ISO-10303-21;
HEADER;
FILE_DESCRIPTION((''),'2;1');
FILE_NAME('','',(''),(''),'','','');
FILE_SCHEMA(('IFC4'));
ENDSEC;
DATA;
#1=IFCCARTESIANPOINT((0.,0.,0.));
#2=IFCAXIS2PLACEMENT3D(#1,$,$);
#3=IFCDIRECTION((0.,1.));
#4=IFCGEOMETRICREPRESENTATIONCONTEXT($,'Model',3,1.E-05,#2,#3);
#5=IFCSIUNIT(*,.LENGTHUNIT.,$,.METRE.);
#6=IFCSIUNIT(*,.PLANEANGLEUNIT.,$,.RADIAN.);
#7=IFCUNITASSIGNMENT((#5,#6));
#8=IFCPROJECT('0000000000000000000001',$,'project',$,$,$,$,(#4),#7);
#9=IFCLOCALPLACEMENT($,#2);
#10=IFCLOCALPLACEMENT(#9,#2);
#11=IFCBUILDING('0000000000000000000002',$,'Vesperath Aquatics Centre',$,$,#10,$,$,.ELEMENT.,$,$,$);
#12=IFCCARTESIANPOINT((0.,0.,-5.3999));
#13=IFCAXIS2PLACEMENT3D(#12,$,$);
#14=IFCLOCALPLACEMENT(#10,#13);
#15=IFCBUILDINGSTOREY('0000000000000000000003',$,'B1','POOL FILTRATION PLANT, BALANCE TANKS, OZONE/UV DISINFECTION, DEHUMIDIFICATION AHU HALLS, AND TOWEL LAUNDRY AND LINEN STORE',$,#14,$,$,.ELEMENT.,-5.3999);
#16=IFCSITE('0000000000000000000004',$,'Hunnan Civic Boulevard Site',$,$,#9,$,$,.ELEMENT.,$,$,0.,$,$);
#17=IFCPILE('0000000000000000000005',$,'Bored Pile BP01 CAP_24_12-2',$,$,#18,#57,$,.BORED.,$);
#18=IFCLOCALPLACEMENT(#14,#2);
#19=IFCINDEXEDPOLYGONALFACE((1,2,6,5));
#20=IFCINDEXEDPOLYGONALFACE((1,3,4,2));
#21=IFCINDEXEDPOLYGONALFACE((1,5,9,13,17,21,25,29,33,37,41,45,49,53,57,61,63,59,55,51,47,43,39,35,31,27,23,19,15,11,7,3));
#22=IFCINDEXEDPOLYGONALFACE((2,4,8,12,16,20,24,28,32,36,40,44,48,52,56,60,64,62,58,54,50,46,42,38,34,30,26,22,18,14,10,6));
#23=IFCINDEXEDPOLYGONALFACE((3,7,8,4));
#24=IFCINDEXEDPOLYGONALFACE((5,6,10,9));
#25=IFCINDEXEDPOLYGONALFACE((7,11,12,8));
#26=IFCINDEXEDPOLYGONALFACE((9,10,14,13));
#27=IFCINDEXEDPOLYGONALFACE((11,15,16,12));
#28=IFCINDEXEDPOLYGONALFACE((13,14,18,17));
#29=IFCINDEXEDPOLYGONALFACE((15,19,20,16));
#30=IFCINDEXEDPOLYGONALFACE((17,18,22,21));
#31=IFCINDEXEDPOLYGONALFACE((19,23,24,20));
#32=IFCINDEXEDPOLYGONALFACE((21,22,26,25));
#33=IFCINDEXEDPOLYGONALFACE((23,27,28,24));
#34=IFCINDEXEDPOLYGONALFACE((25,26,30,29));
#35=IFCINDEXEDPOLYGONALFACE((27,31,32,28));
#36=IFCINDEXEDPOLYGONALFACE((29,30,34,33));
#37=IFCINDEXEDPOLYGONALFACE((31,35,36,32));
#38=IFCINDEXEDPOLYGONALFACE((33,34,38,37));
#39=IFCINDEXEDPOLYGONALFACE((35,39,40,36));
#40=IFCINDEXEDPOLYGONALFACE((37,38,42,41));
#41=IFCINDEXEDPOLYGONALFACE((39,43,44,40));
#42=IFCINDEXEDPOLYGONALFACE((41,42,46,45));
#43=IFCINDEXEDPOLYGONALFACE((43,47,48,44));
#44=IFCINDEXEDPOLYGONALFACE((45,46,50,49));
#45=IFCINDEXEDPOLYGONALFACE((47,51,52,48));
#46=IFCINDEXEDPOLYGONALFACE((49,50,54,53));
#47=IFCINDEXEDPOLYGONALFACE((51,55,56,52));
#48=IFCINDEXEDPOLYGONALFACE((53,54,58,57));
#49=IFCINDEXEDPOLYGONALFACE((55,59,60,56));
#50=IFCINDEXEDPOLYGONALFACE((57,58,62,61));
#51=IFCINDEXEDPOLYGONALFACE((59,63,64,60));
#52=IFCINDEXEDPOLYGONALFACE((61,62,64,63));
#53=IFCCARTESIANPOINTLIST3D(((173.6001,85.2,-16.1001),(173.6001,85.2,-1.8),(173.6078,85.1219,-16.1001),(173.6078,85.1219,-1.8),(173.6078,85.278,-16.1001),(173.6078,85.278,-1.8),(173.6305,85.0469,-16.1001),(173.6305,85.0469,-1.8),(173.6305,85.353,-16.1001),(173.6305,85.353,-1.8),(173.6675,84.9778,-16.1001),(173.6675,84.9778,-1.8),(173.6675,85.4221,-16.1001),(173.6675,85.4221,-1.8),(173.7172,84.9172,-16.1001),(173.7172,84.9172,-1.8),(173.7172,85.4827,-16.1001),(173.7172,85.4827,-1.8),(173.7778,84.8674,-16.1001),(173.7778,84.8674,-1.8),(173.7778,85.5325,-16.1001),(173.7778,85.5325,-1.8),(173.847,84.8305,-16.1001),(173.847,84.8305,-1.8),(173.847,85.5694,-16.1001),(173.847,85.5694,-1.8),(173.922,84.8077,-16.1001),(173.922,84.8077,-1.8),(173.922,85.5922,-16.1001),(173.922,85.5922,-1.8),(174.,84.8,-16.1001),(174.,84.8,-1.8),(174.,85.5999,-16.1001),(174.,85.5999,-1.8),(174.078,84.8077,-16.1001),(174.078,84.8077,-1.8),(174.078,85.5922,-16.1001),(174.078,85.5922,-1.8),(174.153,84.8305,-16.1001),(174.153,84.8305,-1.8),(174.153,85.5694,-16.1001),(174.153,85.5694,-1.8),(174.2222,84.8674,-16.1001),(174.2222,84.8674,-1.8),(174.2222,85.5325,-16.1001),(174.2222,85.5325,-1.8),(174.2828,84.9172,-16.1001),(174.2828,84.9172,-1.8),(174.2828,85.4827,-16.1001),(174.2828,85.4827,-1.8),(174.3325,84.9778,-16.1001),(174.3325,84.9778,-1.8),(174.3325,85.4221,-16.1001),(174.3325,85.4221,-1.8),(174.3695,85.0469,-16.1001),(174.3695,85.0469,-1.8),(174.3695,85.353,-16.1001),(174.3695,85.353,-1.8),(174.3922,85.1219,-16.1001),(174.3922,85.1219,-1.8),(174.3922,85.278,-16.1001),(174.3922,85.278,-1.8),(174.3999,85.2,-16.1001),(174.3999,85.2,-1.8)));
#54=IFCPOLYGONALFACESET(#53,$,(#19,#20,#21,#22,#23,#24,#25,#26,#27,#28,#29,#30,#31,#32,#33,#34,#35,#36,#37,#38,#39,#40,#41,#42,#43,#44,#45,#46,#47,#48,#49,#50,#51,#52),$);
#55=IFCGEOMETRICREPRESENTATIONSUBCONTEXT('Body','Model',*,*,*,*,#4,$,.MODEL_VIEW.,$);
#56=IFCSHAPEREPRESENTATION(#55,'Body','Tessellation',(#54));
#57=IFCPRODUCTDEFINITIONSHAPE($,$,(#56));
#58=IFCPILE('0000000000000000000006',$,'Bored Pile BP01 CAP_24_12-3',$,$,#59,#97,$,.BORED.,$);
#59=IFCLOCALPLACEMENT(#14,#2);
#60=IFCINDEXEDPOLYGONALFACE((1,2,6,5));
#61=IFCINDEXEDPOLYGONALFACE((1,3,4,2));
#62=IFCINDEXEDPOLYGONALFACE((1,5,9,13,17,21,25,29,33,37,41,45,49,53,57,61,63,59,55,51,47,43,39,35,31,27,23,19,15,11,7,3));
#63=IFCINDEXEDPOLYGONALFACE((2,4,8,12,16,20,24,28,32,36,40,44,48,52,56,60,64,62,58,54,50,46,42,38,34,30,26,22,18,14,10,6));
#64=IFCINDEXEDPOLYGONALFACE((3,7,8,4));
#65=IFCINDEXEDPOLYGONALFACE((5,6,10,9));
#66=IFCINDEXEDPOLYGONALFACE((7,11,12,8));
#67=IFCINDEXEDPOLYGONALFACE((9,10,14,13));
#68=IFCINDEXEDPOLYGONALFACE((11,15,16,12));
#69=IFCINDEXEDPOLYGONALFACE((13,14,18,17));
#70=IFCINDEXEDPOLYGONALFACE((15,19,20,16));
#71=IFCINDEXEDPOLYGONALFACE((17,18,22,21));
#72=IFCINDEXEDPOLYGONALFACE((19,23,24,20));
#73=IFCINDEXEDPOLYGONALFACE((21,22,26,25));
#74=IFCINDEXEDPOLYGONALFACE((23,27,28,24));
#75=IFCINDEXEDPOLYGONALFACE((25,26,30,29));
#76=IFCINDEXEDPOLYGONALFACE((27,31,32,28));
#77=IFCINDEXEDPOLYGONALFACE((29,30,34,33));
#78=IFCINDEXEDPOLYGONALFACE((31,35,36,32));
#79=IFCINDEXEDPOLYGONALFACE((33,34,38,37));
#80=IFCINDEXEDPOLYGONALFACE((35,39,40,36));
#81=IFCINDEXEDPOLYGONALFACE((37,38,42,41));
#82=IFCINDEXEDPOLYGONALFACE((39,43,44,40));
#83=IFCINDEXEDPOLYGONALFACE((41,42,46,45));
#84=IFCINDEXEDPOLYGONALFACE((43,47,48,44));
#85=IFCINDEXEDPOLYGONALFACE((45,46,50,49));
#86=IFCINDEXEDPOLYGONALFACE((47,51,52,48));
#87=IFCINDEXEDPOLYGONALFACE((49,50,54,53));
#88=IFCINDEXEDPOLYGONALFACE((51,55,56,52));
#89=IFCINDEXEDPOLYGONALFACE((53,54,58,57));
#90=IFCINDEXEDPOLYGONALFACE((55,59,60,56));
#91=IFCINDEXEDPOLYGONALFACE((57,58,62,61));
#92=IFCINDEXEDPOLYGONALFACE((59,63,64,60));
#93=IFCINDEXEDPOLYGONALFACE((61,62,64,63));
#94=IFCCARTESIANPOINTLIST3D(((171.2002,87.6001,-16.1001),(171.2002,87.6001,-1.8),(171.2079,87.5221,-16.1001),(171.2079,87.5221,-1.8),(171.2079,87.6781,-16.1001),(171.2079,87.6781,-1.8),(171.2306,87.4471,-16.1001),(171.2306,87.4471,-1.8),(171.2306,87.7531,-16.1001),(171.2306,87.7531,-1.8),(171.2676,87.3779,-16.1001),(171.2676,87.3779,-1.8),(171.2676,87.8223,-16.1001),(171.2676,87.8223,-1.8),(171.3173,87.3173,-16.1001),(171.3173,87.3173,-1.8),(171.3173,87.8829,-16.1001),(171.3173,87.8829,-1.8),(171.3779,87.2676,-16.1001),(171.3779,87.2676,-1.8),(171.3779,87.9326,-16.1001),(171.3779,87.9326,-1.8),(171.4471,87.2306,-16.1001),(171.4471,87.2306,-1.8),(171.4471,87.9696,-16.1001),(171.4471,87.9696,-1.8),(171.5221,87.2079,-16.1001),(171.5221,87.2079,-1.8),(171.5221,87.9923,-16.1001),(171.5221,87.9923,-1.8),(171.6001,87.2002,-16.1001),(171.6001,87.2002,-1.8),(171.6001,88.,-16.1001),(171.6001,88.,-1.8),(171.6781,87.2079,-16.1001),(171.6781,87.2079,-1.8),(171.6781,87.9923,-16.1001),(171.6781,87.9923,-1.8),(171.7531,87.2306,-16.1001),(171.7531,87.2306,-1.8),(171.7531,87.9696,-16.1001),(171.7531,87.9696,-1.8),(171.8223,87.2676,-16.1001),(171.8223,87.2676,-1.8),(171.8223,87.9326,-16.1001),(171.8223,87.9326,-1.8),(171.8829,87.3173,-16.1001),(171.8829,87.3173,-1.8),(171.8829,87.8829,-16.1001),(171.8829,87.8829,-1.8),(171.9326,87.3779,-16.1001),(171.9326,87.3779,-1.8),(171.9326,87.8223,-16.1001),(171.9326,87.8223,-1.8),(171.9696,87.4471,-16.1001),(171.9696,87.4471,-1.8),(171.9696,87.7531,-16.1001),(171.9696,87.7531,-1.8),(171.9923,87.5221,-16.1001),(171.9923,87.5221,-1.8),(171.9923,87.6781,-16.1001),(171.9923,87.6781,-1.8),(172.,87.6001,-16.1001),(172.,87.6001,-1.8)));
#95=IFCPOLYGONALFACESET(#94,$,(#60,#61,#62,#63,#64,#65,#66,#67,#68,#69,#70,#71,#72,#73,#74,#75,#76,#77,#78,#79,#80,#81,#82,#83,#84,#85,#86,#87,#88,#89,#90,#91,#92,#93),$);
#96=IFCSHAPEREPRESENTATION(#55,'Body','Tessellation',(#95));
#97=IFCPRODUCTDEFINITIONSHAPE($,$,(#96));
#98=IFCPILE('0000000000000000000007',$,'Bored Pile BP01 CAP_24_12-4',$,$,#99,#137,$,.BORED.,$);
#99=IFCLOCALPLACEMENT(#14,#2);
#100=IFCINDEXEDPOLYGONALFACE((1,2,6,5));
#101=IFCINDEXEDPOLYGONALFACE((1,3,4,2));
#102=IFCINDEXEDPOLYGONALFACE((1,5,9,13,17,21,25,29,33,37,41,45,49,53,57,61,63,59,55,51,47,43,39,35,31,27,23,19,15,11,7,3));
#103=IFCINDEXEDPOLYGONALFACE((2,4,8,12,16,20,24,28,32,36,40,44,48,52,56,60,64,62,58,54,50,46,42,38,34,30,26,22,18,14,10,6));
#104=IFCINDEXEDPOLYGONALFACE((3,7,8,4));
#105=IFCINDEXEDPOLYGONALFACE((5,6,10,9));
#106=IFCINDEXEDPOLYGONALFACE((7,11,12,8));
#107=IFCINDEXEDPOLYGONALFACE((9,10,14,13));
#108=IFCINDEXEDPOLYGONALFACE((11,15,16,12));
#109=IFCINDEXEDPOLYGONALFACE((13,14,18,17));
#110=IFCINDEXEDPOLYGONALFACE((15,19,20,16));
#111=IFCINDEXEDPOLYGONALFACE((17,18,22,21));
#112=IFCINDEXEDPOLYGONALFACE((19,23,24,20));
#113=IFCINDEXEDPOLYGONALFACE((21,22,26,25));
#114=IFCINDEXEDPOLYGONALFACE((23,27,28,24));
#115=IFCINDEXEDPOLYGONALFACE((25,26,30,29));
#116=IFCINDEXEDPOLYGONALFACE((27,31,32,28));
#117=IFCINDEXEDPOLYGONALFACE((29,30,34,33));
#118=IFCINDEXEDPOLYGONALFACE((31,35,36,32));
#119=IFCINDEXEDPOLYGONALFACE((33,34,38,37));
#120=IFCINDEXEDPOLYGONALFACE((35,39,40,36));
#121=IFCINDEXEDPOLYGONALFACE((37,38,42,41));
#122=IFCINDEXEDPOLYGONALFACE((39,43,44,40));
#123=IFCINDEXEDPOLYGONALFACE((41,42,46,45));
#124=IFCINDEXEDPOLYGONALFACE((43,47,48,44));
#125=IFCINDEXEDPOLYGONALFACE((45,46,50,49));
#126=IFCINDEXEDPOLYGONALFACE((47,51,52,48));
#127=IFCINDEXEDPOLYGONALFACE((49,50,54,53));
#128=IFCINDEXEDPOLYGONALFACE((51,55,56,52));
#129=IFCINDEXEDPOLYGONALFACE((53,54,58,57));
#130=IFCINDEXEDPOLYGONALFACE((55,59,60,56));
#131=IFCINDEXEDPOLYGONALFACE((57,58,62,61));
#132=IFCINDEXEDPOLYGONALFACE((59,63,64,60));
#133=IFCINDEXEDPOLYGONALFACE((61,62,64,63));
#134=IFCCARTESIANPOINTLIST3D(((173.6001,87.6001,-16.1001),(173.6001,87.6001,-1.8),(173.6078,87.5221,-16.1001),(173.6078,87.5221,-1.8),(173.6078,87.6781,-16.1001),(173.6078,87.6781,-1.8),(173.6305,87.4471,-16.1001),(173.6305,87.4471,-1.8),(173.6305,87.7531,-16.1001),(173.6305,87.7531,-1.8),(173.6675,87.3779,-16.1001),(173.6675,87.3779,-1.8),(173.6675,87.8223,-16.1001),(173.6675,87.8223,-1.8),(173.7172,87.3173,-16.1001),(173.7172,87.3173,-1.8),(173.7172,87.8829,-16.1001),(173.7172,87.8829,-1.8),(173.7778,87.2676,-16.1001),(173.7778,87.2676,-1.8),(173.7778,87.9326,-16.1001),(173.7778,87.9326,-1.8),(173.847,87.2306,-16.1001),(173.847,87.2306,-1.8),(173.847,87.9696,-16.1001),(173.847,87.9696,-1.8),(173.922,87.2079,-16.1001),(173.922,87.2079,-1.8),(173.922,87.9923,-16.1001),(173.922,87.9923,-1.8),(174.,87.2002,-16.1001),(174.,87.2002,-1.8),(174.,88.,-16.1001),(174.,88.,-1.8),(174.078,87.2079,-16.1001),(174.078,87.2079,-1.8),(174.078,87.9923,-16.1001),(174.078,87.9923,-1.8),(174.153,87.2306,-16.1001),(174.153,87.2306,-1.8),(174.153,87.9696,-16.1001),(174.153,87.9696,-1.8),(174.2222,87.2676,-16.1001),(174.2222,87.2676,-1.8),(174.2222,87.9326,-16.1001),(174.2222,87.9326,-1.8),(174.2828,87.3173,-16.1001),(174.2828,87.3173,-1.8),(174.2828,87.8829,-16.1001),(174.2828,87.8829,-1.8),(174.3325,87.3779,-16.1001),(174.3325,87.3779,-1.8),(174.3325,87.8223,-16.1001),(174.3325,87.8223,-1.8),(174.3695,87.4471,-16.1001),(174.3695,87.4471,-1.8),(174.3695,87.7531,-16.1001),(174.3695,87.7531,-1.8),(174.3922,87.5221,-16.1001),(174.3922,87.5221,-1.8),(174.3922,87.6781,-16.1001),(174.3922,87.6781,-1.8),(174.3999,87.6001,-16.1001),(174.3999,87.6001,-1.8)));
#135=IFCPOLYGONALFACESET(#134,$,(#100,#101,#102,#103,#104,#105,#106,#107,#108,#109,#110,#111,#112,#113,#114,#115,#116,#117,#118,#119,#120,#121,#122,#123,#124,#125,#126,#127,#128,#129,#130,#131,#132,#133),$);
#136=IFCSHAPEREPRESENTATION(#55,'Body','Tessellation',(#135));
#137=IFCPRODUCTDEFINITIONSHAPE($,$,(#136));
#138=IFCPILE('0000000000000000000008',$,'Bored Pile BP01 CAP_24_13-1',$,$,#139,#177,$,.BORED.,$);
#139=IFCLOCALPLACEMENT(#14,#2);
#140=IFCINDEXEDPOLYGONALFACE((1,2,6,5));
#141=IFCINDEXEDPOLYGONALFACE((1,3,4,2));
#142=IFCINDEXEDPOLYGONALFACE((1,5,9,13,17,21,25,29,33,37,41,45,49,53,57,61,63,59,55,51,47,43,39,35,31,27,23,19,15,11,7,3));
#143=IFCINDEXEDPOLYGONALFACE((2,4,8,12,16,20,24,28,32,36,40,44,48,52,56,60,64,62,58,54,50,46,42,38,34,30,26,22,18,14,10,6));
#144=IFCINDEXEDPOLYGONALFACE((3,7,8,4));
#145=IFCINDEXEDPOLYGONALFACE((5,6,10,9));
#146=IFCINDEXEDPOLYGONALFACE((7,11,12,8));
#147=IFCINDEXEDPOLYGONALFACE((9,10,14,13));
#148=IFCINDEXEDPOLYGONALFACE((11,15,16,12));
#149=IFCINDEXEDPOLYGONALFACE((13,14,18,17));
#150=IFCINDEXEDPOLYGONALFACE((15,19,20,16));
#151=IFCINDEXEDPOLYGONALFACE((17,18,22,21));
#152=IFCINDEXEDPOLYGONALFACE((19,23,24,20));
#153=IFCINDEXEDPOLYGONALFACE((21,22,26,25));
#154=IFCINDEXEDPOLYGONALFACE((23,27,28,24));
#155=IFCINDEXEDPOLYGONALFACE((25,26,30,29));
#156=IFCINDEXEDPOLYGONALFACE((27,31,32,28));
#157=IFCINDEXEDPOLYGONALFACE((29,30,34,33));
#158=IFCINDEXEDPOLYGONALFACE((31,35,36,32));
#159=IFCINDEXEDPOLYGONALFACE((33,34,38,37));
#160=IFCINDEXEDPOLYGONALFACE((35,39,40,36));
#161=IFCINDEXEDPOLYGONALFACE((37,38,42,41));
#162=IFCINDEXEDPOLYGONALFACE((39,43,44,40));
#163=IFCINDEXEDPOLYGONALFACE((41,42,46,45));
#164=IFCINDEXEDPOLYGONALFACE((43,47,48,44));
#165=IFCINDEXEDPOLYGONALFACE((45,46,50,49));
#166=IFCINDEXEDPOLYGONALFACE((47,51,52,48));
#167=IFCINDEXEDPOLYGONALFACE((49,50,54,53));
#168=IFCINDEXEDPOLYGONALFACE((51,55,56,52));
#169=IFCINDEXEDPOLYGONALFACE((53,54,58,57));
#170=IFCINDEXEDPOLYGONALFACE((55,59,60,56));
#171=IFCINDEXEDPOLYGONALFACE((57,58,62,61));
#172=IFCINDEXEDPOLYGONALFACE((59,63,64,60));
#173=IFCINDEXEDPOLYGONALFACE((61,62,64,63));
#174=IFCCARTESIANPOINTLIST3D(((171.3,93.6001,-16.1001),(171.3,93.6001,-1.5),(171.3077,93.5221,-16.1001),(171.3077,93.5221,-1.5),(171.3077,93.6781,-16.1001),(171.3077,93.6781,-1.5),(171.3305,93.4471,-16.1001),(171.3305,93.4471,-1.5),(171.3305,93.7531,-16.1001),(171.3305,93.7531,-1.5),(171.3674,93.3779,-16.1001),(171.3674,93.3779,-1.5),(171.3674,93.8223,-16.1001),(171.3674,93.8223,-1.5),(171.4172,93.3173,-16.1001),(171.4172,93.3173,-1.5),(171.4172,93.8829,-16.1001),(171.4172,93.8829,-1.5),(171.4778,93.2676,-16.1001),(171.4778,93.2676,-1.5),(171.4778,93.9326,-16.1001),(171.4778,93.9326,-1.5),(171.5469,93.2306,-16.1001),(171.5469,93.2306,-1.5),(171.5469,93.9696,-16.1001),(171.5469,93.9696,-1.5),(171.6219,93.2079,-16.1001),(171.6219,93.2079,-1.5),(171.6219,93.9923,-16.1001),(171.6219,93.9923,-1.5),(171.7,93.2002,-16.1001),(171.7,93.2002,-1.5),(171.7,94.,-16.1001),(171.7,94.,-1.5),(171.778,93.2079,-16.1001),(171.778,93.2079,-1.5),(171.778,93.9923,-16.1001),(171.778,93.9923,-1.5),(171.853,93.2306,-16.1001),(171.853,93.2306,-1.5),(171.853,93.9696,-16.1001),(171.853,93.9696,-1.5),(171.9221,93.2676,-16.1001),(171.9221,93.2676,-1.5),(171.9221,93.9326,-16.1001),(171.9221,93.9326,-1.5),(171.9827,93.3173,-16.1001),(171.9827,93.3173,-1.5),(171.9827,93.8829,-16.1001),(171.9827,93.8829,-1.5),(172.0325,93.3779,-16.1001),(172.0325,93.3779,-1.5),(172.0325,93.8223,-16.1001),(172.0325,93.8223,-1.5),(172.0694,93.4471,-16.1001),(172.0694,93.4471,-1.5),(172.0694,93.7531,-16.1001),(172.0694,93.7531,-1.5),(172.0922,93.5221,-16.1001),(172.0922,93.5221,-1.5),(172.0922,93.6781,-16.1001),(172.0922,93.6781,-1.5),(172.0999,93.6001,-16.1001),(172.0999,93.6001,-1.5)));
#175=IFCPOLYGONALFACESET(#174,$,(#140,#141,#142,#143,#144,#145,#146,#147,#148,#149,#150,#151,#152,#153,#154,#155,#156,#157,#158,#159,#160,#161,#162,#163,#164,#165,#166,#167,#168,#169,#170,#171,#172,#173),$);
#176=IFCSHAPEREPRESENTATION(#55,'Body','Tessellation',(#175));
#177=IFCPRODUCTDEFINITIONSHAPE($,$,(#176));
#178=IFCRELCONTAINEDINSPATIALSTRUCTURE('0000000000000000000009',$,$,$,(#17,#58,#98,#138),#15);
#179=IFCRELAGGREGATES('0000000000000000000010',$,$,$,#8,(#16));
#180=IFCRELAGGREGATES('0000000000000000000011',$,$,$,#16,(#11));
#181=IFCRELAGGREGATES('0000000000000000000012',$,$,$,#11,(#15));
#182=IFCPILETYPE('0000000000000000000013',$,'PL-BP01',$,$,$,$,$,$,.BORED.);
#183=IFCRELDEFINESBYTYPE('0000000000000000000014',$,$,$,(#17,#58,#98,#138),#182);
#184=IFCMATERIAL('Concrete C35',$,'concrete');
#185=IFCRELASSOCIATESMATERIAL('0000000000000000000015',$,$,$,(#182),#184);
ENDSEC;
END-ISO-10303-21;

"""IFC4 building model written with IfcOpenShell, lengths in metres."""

from ifc_helpers import new_model, si_unit, direction, frame, origin, origin_2d, place, context, subcontext, project, spatial, circle, extrude, material, material_profile, profile_set, type_object, element, save


model = new_model("IFC4")

# Units and contexts
model_context = context("Model", 3, precision=1e-05, world=origin(), true_north=direction((0.0, 1.0)))
body_context = subcontext(model_context, "Body", "Model", "MODEL_VIEW")
ifc_project = project(units=[si_unit("LENGTHUNIT", "METRE"), si_unit("PLANEANGLEUNIT", "RADIAN")], contexts=[model_context])

# Site, building, storey
site_placement = place(None, origin())
site = spatial("IfcSite", under=ifc_project, at=site_placement, Name="Hunnan Civic Boulevard Site", CompositionType="ELEMENT", RefElevation=0.0)
building_placement = place(site_placement, origin())
building = spatial("IfcBuilding", under=site, at=building_placement, Name="Vesperath Aquatics Centre", CompositionType="ELEMENT")
storey_placement = place(building_placement, frame((0.0, 0.0, -5.3999)))
storey = spatial("IfcBuildingStorey", under=building, at=storey_placement, Name="B1", Description="POOL FILTRATION PLANT, BALANCE TANKS, OZONE/UV DISINFECTION, DEHUMIDIFICATION AHU HALLS, AND TOWEL LAUNDRY AND LINEN STORE", CompositionType="ELEMENT", Elevation=-5.3999)

# Piles
ifc_material_1 = material(Name="Concrete C35", Category="concrete")
ifc_material_profile_1 = material_profile(ifc_material_1, circle(Radius=0.3999, at=origin_2d()), Name="PILE D800")
ifc_profile_set_1 = profile_set([ifc_material_profile_1], Name="Concrete C35")
pile_type = type_object("IfcPileType", Name="PL-BP01", PredefinedType="BORED", material=ifc_profile_set_1)
for number, where, z_axis, x_axis, name in (
    (1, (174.0, 85.2, -1.8), (0.0, 0.0, -1.0), (1.0, 0.0, 0.0), "Bored Pile BP01 CAP_24_12-2"),
    (2, (171.6001, 87.6001, -1.8), (0.0, 0.0, -1.0), (1.0, 0.0, 0.0), "Bored Pile BP01 CAP_24_12-3"),
    (3, (174.0, 87.6001, -1.8), (0.0, 0.0, -1.0), (1.0, 0.0, 0.0), "Bored Pile BP01 CAP_24_12-4"),
):
    element("IfcPile", number, at=place(storey_placement, frame(where, z_axis=z_axis, x_axis=x_axis)), inside=storey, type_object=pile_type, Name=name, PredefinedType="BORED", context=body_context, shape_type="SweptSolid", body=[
        extrude(circle(Radius=0.3999, at=origin_2d()), origin(), (0.0, 0.0, 1.0), 14.3),
    ])
for number, where, z_axis, x_axis, name in (
    (4, (171.7, 93.6001, -1.5), (0.0, 0.0, -1.0), (1.0, 0.0, 0.0), "Bored Pile BP01 CAP_24_13-1"),
):
    element("IfcPile", number, at=place(storey_placement, frame(where, z_axis=z_axis, x_axis=x_axis)), inside=storey, type_object=pile_type, Name=name, PredefinedType="BORED", context=body_context, shape_type="SweptSolid", body=[
        extrude(circle(Radius=0.3999, at=origin_2d()), origin(), (0.0, 0.0, 1.0), 14.6001),
    ])

save(model, "model.ifc")
